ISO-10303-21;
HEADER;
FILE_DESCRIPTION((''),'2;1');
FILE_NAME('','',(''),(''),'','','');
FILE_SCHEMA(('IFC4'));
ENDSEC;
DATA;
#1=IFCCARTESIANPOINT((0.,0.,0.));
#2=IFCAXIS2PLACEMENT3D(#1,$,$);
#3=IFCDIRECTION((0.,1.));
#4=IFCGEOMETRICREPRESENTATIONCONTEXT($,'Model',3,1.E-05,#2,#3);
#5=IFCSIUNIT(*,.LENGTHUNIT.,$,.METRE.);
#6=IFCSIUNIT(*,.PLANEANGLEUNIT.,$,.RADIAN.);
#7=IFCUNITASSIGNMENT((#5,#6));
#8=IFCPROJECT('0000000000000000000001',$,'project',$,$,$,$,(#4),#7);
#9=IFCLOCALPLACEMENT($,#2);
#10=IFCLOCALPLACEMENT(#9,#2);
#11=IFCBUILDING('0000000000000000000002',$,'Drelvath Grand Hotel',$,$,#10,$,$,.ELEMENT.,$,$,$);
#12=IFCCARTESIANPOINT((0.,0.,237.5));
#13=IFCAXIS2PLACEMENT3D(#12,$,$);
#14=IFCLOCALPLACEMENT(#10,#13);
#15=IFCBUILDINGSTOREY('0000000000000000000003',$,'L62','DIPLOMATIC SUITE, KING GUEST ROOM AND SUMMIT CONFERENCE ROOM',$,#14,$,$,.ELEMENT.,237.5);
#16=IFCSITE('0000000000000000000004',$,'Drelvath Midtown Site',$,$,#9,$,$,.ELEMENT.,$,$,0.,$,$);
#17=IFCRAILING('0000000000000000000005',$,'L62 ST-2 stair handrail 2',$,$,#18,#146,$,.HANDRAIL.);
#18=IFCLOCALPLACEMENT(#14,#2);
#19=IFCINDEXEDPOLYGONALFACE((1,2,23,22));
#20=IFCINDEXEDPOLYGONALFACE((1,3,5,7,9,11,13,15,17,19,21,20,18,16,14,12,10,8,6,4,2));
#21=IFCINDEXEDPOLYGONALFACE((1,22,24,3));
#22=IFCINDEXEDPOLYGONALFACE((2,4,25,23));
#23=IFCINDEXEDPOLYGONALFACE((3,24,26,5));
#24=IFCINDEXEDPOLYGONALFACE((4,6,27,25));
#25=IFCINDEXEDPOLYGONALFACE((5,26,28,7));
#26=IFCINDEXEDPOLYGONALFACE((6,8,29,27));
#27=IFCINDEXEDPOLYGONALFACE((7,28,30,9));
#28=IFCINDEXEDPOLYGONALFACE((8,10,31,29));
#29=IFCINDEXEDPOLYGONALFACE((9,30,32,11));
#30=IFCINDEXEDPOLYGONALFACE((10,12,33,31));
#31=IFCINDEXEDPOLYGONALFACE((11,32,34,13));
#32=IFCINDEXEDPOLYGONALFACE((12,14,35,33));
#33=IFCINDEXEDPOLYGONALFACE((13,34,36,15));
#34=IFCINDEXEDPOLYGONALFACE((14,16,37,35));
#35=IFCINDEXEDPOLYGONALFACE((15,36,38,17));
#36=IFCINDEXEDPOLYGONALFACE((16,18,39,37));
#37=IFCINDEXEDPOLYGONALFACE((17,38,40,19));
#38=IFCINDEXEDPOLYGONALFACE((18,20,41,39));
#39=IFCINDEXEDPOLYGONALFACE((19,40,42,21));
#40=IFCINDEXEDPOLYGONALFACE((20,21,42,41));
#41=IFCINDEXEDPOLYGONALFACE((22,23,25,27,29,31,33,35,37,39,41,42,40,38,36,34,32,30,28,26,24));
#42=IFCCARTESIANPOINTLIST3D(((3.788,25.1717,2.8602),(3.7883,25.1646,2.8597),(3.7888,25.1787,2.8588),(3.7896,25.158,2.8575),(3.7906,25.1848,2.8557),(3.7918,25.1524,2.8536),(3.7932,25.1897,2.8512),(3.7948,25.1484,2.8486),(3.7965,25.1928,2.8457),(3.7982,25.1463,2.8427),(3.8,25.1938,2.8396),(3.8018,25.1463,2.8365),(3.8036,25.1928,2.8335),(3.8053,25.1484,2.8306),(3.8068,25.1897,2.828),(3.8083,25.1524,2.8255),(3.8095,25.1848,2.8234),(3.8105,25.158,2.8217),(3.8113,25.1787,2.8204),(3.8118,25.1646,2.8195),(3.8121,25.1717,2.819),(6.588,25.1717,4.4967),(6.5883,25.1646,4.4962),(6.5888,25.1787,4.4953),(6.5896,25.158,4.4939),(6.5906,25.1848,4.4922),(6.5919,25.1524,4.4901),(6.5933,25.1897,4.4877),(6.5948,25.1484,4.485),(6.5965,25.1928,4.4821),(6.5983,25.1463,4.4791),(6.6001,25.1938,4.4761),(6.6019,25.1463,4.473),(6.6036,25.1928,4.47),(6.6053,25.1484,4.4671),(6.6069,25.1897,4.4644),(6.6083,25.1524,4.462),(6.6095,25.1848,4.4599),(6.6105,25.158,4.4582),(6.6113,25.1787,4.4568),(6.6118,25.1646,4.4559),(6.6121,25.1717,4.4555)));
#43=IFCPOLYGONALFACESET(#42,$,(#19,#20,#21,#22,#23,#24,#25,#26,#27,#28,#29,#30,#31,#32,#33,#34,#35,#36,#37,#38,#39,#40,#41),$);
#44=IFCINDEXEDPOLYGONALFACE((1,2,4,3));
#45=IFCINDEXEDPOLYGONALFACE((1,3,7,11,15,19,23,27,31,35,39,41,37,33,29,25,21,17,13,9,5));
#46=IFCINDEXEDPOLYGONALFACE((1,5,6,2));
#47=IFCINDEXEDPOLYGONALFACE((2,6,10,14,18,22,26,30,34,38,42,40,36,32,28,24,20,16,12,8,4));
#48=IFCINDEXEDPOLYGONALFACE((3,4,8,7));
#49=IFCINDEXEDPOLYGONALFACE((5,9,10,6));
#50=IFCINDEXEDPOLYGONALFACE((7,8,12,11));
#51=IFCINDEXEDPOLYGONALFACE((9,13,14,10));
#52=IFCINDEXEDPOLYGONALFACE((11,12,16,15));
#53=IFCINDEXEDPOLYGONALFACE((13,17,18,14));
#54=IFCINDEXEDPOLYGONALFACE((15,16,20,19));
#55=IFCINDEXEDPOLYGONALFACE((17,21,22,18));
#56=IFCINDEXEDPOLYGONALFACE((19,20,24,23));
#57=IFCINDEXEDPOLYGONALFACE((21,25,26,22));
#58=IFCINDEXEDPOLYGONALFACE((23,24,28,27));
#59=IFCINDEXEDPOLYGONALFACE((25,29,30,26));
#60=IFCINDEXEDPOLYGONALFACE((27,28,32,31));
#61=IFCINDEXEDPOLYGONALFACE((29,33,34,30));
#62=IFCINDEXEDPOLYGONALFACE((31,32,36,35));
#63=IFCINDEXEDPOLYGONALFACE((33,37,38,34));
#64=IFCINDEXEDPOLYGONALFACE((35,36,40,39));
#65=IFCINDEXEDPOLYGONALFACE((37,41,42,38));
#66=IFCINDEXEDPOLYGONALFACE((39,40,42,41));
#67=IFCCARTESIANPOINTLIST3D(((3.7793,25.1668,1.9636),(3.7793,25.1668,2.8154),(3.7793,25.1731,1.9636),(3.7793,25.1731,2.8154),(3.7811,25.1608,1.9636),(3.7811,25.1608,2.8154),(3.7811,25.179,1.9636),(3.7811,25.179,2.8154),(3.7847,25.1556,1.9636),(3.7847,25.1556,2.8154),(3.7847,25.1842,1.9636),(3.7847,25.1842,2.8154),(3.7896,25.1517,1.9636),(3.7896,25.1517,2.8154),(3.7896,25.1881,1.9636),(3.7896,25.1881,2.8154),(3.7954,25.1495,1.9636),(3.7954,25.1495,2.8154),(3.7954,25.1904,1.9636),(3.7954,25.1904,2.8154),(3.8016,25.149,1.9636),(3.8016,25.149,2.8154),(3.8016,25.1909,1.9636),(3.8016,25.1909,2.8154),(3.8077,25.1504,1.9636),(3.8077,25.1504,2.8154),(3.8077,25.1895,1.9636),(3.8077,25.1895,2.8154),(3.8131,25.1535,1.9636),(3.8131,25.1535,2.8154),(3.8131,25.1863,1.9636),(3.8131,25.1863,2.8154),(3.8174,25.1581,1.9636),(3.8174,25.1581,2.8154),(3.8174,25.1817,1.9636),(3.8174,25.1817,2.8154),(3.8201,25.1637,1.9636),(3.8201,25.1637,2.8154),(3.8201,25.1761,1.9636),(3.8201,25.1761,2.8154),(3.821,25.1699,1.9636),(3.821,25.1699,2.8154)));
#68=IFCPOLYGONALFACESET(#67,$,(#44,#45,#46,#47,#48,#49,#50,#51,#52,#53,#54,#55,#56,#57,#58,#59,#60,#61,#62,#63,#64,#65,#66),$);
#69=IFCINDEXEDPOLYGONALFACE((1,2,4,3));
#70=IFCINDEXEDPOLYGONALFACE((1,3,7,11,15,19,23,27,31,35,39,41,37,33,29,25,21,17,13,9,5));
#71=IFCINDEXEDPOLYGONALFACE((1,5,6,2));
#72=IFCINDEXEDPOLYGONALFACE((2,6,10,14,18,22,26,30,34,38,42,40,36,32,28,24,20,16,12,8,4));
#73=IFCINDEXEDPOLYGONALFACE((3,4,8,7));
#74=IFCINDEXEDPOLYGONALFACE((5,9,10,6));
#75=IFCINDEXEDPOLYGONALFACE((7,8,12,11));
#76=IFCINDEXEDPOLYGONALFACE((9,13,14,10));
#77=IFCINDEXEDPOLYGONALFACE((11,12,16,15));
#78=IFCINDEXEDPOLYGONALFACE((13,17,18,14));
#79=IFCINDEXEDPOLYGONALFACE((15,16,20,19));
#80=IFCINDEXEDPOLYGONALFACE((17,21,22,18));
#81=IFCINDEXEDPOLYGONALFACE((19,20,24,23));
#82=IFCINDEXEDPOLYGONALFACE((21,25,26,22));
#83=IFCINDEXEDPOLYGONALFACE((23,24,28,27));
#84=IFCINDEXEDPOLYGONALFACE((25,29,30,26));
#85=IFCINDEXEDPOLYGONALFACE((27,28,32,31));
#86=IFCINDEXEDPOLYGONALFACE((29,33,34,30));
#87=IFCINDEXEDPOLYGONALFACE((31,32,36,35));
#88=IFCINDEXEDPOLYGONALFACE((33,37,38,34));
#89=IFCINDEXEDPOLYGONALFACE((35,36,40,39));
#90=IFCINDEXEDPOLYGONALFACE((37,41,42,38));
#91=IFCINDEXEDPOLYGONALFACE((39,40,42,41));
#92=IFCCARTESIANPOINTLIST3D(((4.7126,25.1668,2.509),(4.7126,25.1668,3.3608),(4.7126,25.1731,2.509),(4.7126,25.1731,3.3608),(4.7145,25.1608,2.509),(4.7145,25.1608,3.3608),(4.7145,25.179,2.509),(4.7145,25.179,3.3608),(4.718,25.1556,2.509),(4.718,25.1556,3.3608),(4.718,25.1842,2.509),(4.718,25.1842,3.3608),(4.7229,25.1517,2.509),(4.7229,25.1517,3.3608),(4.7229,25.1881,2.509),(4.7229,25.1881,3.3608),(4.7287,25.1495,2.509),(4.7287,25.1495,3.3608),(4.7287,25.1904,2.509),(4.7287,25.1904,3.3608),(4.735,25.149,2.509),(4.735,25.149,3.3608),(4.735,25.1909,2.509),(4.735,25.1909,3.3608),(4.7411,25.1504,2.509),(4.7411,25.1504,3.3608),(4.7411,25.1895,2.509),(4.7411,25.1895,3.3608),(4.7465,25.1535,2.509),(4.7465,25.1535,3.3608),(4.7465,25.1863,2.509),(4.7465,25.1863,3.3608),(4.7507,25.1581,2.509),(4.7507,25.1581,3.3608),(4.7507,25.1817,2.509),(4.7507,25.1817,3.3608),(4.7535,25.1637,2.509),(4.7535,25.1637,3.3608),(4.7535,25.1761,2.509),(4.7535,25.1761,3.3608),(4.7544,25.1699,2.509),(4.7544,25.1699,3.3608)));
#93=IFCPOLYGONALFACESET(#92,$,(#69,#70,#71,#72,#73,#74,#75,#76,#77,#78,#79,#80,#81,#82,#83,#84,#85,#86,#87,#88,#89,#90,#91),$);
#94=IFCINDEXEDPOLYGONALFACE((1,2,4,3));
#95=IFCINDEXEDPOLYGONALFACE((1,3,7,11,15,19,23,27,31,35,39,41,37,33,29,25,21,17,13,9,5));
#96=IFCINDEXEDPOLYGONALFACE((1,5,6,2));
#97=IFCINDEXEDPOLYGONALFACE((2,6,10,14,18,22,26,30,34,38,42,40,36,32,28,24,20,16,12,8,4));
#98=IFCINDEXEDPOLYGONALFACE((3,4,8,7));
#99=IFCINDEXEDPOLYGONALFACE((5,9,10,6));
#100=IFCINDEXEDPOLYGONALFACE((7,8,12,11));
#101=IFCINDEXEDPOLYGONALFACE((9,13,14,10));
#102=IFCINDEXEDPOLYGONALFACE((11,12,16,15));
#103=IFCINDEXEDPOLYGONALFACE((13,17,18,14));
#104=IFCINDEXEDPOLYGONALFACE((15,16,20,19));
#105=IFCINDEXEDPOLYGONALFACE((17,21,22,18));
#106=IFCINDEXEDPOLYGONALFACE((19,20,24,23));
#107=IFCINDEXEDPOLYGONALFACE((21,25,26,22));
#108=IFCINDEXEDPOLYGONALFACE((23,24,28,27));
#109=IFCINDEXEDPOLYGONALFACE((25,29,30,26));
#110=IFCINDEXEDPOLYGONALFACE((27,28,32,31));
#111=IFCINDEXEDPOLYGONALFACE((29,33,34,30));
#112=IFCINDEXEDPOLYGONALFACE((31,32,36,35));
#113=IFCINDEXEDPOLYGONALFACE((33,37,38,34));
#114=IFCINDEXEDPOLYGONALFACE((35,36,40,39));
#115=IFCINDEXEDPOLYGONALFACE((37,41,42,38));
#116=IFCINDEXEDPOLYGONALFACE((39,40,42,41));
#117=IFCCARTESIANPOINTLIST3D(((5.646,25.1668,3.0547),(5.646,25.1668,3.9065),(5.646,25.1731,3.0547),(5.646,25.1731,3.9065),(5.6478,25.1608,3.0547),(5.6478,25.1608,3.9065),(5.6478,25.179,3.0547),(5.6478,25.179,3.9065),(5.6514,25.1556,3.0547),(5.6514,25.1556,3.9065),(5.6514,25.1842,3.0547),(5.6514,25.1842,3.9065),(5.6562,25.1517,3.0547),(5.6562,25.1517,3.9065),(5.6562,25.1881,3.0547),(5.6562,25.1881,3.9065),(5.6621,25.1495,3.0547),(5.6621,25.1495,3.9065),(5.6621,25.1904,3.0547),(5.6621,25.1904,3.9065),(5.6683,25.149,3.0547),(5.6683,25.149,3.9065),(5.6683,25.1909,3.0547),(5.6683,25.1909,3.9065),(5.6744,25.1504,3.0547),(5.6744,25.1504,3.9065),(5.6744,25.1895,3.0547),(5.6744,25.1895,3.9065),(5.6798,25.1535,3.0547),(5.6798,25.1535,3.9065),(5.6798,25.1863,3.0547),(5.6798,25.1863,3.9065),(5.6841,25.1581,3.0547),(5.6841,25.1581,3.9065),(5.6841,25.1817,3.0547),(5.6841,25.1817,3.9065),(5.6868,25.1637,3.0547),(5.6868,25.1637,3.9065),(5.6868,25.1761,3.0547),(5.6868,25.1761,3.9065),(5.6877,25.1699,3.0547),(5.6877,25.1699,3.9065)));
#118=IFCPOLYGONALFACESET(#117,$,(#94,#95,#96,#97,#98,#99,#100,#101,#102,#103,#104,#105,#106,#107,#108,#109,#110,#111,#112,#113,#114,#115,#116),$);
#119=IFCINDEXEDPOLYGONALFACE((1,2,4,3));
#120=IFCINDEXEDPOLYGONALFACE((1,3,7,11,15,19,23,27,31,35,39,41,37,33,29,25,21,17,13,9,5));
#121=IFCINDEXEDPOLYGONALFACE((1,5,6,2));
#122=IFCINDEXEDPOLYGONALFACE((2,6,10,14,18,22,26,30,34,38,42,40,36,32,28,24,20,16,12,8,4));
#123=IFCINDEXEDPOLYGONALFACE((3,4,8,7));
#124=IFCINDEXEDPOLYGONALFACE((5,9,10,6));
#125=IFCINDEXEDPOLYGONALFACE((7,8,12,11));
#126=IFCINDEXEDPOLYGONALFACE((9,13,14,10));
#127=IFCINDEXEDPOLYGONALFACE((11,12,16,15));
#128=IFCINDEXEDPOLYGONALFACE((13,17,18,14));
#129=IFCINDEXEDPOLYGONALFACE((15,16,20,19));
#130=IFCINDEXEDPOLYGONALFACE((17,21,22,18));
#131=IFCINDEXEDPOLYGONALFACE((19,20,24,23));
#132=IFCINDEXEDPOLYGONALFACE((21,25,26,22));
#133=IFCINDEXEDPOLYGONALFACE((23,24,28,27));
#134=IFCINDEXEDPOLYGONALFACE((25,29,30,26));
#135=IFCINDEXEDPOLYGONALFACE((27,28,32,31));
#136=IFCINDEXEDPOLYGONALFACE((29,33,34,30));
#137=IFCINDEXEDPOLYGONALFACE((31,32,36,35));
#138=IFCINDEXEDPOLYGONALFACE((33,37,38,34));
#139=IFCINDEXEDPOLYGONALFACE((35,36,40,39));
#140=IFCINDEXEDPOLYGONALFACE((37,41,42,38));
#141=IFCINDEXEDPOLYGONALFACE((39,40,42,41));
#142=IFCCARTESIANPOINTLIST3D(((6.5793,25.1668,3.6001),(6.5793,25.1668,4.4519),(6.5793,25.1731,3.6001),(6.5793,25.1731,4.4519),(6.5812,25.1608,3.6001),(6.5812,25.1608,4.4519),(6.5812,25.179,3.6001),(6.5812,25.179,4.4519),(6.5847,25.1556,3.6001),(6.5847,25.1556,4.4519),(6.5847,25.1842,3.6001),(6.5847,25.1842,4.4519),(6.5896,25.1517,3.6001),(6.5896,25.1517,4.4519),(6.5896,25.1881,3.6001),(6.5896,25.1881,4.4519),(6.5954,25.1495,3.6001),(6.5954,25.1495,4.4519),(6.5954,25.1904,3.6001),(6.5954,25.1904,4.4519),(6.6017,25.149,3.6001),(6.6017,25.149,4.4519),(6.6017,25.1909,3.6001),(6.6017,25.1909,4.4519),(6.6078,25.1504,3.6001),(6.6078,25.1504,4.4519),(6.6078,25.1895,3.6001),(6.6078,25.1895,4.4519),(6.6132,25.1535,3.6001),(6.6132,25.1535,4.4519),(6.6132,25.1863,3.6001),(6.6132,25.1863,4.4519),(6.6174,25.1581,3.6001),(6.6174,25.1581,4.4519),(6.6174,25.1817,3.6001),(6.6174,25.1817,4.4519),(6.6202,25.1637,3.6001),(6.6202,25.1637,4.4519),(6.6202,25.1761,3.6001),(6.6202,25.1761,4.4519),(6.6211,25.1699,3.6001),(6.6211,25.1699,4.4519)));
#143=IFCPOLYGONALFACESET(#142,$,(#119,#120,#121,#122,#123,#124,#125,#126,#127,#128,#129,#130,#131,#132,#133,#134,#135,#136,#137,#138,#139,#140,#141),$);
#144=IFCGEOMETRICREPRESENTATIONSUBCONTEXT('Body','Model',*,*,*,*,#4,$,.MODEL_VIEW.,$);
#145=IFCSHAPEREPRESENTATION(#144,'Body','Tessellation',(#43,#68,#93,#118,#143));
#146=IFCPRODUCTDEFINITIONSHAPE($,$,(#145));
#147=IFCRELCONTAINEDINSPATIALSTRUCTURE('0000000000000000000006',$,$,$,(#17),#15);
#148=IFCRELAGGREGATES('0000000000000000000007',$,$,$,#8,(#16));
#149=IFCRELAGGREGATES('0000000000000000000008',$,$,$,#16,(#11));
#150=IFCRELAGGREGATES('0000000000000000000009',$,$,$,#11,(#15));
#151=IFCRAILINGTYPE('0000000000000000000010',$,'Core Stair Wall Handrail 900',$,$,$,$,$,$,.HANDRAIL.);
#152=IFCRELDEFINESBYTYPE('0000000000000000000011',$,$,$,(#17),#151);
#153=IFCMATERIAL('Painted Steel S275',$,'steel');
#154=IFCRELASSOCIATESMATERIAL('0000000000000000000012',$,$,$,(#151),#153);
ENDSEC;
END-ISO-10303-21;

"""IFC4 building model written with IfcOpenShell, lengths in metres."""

from ifc_helpers import new_model, si_unit, direction, frame, origin, origin_2d, place, context, subcontext, project, spatial, circle, extrude, material, type_object, element, save


model = new_model("IFC4")

# Units and contexts
model_context = context("Model", 3, precision=1e-05, world=origin(), true_north=direction((0.0, 1.0)))
body_context = subcontext(model_context, "Body", "Model", "MODEL_VIEW")
ifc_project = project(units=[si_unit("LENGTHUNIT", "METRE"), si_unit("PLANEANGLEUNIT", "RADIAN")], contexts=[model_context])

# Site, building, storey
site_placement = place(None, origin())
site = spatial("IfcSite", under=ifc_project, at=site_placement, Name="Drelvath Midtown Site", CompositionType="ELEMENT", RefElevation=0.0)
building_placement = place(site_placement, origin())
building = spatial("IfcBuilding", under=site, at=building_placement, Name="Drelvath Grand Hotel", CompositionType="ELEMENT")
storey_placement = place(building_placement, frame((0.0, 0.0, 237.5)))
storey = spatial("IfcBuildingStorey", under=building, at=storey_placement, Name="L62", Description="DIPLOMATIC SUITE, KING GUEST ROOM AND SUMMIT CONFERENCE ROOM", CompositionType="ELEMENT", Elevation=237.5)

# Railing
ifc_material_1 = material(Name="Painted Steel S275", Category="steel")
railing_type_1 = type_object("IfcRailingType", Name="Core Stair Wall Handrail 900", PredefinedType="HANDRAIL", material=ifc_material_1)
railing_1_placement = place(storey_placement, frame((3.8, 25.1699, 1.9636)))
element("IfcRailing", 1, at=railing_1_placement, inside=storey, type_object=railing_type_1, Name="L62 ST-2 stair handrail 2", PredefinedType="HANDRAIL", context=body_context, shape_type="SweptSolid", body=[
    extrude(circle(Radius=0.0239, at=origin_2d()), frame((0.0, 0.0, 0.876), z_axis=(0.863361, 0.0, 0.504587), x_axis=(0.0, 1.0, 0.0)), (0.0, 0.0, 1.0), 3.2432),
    extrude(circle(Radius=0.021, at=origin_2d()), origin(), (0.0, 0.0, 1.0), 0.8518),
    extrude(circle(Radius=0.021, at=origin_2d()), frame((0.9333, 0.0, 0.5454)), (0.0, 0.0, 1.0), 0.8518),
    extrude(circle(Radius=0.021, at=origin_2d()), frame((1.8667, 0.0, 1.0911)), (0.0, 0.0, 1.0), 0.8518),
    extrude(circle(Radius=0.021, at=origin_2d()), frame((2.8, 0.0, 1.6365)), (0.0, 0.0, 1.0), 0.8518),
])

save(model, "model.ifc")
